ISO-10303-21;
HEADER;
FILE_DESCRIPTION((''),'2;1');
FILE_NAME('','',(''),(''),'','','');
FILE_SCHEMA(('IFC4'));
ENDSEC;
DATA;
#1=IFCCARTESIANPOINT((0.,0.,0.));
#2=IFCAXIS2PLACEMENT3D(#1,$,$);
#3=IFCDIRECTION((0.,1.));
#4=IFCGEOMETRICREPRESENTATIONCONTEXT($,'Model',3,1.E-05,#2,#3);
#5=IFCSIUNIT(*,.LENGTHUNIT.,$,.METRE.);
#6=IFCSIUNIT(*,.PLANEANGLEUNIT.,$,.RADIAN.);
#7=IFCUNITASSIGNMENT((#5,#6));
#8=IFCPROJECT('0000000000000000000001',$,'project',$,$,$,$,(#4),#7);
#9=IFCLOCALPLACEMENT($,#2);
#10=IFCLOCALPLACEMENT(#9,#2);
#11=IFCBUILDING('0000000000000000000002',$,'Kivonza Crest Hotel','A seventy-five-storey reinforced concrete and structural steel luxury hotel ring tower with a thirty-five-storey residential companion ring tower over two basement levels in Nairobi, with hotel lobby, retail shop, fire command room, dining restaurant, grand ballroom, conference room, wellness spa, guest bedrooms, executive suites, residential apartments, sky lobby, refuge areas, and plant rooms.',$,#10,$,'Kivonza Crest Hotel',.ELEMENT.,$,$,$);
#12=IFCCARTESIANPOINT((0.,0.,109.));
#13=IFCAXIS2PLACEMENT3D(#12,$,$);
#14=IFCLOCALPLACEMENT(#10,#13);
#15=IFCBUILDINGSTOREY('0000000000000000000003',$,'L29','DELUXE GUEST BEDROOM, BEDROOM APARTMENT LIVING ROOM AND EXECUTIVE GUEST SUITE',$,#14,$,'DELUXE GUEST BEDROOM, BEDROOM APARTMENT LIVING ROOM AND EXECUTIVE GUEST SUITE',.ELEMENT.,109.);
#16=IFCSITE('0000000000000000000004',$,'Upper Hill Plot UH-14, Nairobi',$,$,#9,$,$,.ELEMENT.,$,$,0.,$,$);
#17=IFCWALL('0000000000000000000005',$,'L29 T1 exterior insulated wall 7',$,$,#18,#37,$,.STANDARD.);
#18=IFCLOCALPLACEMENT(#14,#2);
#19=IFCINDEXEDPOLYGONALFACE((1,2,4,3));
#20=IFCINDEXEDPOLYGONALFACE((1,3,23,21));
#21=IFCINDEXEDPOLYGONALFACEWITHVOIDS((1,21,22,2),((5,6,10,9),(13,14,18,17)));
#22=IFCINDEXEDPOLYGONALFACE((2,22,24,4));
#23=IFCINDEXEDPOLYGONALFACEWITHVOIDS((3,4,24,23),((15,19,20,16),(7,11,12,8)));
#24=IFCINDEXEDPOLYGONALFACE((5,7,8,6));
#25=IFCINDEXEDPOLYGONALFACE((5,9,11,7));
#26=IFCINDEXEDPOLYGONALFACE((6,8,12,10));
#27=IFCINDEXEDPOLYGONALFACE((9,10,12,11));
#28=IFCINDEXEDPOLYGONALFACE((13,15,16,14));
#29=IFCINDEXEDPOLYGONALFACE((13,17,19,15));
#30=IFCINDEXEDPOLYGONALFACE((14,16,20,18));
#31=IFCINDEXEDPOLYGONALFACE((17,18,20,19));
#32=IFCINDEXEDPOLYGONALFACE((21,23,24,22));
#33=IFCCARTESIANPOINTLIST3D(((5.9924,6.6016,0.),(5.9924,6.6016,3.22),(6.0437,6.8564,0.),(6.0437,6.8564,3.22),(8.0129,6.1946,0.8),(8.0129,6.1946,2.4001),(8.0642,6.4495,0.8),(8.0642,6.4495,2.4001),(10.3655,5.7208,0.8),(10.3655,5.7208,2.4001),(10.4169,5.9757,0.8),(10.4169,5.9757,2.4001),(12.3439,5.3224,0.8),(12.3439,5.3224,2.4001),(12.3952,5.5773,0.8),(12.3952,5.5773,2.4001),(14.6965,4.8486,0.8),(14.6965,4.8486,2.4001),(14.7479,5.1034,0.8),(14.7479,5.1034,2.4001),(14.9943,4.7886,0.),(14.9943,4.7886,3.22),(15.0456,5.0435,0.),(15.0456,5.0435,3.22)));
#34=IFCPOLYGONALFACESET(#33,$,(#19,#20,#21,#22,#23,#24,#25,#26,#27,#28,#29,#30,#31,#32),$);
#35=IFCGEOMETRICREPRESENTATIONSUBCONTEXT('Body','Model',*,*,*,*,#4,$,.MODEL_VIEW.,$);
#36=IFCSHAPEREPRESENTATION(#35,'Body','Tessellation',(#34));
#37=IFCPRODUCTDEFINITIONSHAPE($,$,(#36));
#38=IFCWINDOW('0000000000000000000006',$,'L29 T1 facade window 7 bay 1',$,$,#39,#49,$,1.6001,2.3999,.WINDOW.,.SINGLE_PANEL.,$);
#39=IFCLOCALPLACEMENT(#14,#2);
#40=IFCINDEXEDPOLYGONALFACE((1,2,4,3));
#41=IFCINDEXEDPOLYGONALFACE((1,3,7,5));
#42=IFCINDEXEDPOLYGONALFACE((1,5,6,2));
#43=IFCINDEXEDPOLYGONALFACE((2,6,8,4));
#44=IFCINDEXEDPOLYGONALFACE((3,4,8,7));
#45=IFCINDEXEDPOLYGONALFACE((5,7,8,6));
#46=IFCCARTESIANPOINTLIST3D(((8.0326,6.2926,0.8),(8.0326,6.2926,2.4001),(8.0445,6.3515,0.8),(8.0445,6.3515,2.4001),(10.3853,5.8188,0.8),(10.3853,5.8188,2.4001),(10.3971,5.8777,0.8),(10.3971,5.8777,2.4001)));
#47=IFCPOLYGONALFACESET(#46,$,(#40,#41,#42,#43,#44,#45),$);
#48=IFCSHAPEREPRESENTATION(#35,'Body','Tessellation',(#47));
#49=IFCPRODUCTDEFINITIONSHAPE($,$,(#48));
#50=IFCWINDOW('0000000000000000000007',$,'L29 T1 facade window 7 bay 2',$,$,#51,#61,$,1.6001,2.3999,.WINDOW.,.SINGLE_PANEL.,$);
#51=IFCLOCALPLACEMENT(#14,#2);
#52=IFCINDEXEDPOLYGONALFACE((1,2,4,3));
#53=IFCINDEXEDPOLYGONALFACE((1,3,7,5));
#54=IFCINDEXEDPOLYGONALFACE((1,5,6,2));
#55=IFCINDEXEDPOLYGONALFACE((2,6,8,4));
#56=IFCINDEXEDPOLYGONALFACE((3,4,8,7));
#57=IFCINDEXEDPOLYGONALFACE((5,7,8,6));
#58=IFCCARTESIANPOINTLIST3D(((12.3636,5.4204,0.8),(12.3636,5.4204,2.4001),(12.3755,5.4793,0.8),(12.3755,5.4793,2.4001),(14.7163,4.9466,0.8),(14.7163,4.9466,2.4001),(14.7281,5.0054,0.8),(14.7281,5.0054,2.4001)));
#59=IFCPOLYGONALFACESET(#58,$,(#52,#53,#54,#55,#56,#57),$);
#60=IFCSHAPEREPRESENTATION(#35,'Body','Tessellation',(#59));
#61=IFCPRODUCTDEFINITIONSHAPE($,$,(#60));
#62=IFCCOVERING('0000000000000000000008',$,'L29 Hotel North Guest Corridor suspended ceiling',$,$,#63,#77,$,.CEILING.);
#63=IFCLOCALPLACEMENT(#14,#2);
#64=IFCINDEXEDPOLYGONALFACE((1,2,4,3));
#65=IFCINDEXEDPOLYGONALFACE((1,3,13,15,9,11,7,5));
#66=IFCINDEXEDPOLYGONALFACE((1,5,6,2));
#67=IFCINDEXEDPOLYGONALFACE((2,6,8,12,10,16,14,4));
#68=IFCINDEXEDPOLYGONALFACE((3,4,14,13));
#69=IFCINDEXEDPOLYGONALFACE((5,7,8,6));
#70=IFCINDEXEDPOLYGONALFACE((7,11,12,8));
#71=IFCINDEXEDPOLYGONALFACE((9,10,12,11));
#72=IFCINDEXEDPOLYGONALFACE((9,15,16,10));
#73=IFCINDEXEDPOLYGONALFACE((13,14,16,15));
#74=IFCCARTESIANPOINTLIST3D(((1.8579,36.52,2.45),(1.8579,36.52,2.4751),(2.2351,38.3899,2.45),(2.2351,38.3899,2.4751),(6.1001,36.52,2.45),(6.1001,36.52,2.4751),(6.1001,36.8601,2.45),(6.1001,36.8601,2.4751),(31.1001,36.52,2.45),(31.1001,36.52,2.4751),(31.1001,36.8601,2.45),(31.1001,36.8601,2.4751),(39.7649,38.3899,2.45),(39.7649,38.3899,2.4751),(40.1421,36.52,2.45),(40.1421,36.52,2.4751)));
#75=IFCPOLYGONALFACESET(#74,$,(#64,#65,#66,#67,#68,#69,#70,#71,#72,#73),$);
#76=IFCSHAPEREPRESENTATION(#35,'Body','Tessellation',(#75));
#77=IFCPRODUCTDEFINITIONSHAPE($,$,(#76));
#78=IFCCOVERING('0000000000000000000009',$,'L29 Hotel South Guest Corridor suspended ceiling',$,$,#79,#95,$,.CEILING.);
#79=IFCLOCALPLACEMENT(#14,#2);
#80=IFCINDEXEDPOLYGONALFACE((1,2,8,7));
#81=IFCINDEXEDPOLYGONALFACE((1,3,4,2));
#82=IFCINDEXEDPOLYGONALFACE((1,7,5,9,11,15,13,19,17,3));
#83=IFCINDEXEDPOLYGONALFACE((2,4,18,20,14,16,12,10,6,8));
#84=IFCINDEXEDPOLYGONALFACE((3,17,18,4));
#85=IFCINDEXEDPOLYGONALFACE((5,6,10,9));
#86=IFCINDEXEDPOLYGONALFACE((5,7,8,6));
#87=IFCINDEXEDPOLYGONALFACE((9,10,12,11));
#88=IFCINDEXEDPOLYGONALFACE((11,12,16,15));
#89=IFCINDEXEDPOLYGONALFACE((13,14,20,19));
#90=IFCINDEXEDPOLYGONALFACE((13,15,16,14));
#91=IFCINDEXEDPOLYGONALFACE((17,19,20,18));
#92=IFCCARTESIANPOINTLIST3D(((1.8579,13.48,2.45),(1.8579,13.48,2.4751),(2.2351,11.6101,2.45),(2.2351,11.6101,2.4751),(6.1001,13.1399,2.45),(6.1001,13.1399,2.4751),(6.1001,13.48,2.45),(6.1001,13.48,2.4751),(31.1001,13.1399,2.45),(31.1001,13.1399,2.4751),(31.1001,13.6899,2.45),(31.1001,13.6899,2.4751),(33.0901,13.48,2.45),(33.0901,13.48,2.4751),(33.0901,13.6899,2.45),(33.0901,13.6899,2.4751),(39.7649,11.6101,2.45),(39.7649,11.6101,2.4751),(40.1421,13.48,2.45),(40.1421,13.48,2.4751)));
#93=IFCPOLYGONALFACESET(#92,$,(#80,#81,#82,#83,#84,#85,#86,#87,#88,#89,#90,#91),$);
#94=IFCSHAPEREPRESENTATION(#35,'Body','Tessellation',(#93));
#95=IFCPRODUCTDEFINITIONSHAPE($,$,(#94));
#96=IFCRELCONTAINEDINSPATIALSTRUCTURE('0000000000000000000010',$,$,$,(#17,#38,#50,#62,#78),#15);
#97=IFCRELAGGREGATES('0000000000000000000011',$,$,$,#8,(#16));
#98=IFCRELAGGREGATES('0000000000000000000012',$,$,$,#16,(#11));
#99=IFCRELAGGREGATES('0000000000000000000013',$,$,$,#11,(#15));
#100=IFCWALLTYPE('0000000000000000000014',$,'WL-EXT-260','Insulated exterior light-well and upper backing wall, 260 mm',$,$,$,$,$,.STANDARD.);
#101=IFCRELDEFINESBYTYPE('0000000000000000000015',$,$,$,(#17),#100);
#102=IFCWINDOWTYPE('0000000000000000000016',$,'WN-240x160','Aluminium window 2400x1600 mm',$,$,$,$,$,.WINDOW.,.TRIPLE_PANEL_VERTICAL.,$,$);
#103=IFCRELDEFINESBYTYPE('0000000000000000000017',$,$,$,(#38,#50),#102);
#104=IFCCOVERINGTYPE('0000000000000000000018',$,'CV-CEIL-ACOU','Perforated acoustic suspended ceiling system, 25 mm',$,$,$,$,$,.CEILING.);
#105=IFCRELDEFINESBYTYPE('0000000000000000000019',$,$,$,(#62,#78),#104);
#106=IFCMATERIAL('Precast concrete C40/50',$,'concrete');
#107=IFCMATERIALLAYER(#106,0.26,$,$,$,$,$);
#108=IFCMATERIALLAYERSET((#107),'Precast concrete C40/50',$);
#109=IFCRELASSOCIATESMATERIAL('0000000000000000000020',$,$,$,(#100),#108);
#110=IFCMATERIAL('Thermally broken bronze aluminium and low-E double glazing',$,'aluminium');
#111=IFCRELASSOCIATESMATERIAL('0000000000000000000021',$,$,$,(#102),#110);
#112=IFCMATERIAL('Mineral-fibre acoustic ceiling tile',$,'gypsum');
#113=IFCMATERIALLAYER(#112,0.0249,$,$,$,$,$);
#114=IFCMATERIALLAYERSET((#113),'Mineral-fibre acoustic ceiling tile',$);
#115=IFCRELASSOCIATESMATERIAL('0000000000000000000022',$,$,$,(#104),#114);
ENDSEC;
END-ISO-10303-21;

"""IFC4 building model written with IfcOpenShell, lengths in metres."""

from ifc_helpers import new_model, si_unit, direction, frame, frame_2d, origin, place, context, subcontext, project, spatial, polyline, rectangle, outline, extrude, material, layer, layer_set, type_object, element, fill, save


model = new_model("IFC4")

# Units and contexts
model_context = context("Model", 3, precision=1e-05, world=origin(), true_north=direction((0.0, 1.0)))
body_context = subcontext(model_context, "Body", "Model", "MODEL_VIEW")
ifc_project = project(units=[si_unit("LENGTHUNIT", "METRE"), si_unit("PLANEANGLEUNIT", "RADIAN")], contexts=[model_context])

# Site, building, storey
site_placement = place(None, origin())
site = spatial("IfcSite", under=ifc_project, at=site_placement, Name="Upper Hill Plot UH-14, Nairobi", CompositionType="ELEMENT", RefElevation=0.0)
building_placement = place(site_placement, origin())
building = spatial("IfcBuilding", under=site, at=building_placement, Name="Kivonza Crest Hotel", Description="A seventy-five-storey reinforced concrete and structural steel luxury hotel ring tower with a thirty-five-storey residential companion ring tower over two basement levels in Nairobi, with hotel lobby, retail shop, fire command room, dining restaurant, grand ballroom, conference room, wellness spa, guest bedrooms, executive suites, residential apartments, sky lobby, refuge areas, and plant rooms.", LongName="Kivonza Crest Hotel", CompositionType="ELEMENT")
storey_placement = place(building_placement, frame((0.0, 0.0, 109.0)))
storey = spatial("IfcBuildingStorey", under=building, at=storey_placement, Name="L29", Description="DELUXE GUEST BEDROOM, BEDROOM APARTMENT LIVING ROOM AND EXECUTIVE GUEST SUITE", LongName="DELUXE GUEST BEDROOM, BEDROOM APARTMENT LIVING ROOM AND EXECUTIVE GUEST SUITE", CompositionType="ELEMENT", Elevation=109.0)

# Shared definitions
ifc_material_1 = material(Name="Precast concrete C40/50", Category="concrete")
ifc_layer_1 = layer(ifc_material_1, 0.26)
ifc_layer_set_1 = layer_set([ifc_layer_1], Name="Precast concrete C40/50")
wall_type_1 = type_object("IfcWallType", Name="WL-EXT-260", Description="Insulated exterior light-well and upper backing wall, 260 mm", PredefinedType="STANDARD", material=ifc_layer_set_1)

# Wall, openings, windows
wall_1_placement = place(storey_placement, frame((6.0181, 6.729, 0.0), z_axis=(0.0, 0.0, 1.0), x_axis=(0.980316, -0.197435, 0.0)))
wall_1 = element("IfcWall", 1, at=wall_1_placement, inside=storey, type_object=wall_type_1, Name="L29 T1 exterior insulated wall 7", PredefinedType="STANDARD", context=body_context, shape_type="SweptSolid", body=[
    extrude(rectangle(XDim=9.1826, YDim=0.26, at=frame_2d((4.5913, 0.0))), origin(), (0.0, 0.0, 1.0), 3.22),
])
opening_1_placement = place(wall_1_placement, frame((2.061, 0.0, 0.8)))
opening_1 = element("IfcOpeningElement", 2, at=opening_1_placement, cuts=wall_1, PredefinedType="OPENING", context=body_context, shape_type="SweptSolid", body=[
    extrude(rectangle(XDim=2.3999, YDim=1.6001, at=frame_2d((1.2, 0.8))), frame((0.0, 0.1401, 0.0), z_axis=(0.0, -1.0, 0.0), x_axis=(1.0, 0.0, 0.0)), (0.0, 0.0, 1.0), 0.28),
])
opening_2_placement = place(wall_1_placement, frame((6.479, 0.0, 0.8)))
opening_2 = element("IfcOpeningElement", 3, at=opening_2_placement, cuts=wall_1, PredefinedType="OPENING", context=body_context, shape_type="SweptSolid", body=[
    extrude(rectangle(XDim=2.3999, YDim=1.6001, at=frame_2d((1.2, 0.8))), frame((0.0, 0.1401, 0.0), z_axis=(0.0, -1.0, 0.0), x_axis=(1.0, 0.0, 0.0)), (0.0, 0.0, 1.0), 0.28),
])
ifc_material_2 = material(Name="Thermally broken bronze aluminium and low-E double glazing", Category="aluminium")
window_type = type_object("IfcWindowType", Name="WN-240x160", Description="Aluminium window 2400x1600 mm", PartitioningType="TRIPLE_PANEL_VERTICAL", PredefinedType="WINDOW", material=ifc_material_2)
window_1_placement = place(opening_1_placement, origin())
window_1 = element("IfcWindow", 4, at=window_1_placement, inside=storey, type_object=window_type, Name="L29 T1 facade window 7 bay 1", OverallHeight=1.6001, OverallWidth=2.3999, PartitioningType="SINGLE_PANEL", PredefinedType="WINDOW", context=body_context, shape_type="SweptSolid", body=[
    extrude(rectangle(XDim=2.3999, YDim=1.6001, at=frame_2d((1.2, 0.8))), frame((0.0, 0.03, 0.0), z_axis=(0.0, -1.0, 0.0), x_axis=(1.0, 0.0, 0.0)), (0.0, 0.0, 1.0), 0.0601),
])
fill(opening_1, window_1)
window_2_placement = place(opening_2_placement, origin())
window_2 = element("IfcWindow", 5, at=window_2_placement, inside=storey, type_object=window_type, Name="L29 T1 facade window 7 bay 2", OverallHeight=1.6001, OverallWidth=2.3999, PartitioningType="SINGLE_PANEL", PredefinedType="WINDOW", context=body_context, shape_type="SweptSolid", body=[
    extrude(rectangle(XDim=2.3999, YDim=1.6001, at=frame_2d((1.2, 0.8))), frame((0.0, 0.03, 0.0), z_axis=(0.0, -1.0, 0.0), x_axis=(1.0, 0.0, 0.0)), (0.0, 0.0, 1.0), 0.0601),
])
fill(opening_2, window_2)

# Coverings
ifc_material_3 = material(Name="Mineral-fibre acoustic ceiling tile", Category="gypsum")
ifc_layer_2 = layer(ifc_material_3, 0.0249)
ifc_layer_set_2 = layer_set([ifc_layer_2], Name="Mineral-fibre acoustic ceiling tile")
covering_type = type_object("IfcCoveringType", Name="CV-CEIL-ACOU", Description="Perforated acoustic suspended ceiling system, 25 mm", PredefinedType="CEILING", material=ifc_layer_set_2)
covering_1_placement = place(storey_placement, frame((0.0, 0.0, 2.45)))
element("IfcCovering", 6, at=covering_1_placement, inside=storey, type_object=covering_type, Name="L29 Hotel North Guest Corridor suspended ceiling", PredefinedType="CEILING", context=body_context, shape_type="SweptSolid", body=[
    extrude(outline(polyline([(2.2351, 38.3899), (1.8579, 36.52), (6.1001, 36.52), (6.1001, 36.8601), (31.1001, 36.8601), (31.1001, 36.52), (40.1421, 36.52), (39.7649, 38.3899), (2.2351, 38.3899)])), origin(), (0.0, 0.0, 1.0), 0.0251),
])
covering_2_placement = place(storey_placement, frame((0.0, 0.0, 2.45)))
element("IfcCovering", 7, at=covering_2_placement, inside=storey, type_object=covering_type, Name="L29 Hotel South Guest Corridor suspended ceiling", PredefinedType="CEILING", context=body_context, shape_type="SweptSolid", body=[
    extrude(outline(polyline([(33.0901, 13.48), (33.0901, 13.6899), (31.1001, 13.6899), (31.1001, 13.1399), (6.1001, 13.1399), (6.1001, 13.48), (1.8579, 13.48), (2.2351, 11.6101), (39.7649, 11.6101), (40.1421, 13.48), (33.0901, 13.48)])), origin(), (0.0, 0.0, 1.0), 0.0251),
])

save(model, "model.ifc")
